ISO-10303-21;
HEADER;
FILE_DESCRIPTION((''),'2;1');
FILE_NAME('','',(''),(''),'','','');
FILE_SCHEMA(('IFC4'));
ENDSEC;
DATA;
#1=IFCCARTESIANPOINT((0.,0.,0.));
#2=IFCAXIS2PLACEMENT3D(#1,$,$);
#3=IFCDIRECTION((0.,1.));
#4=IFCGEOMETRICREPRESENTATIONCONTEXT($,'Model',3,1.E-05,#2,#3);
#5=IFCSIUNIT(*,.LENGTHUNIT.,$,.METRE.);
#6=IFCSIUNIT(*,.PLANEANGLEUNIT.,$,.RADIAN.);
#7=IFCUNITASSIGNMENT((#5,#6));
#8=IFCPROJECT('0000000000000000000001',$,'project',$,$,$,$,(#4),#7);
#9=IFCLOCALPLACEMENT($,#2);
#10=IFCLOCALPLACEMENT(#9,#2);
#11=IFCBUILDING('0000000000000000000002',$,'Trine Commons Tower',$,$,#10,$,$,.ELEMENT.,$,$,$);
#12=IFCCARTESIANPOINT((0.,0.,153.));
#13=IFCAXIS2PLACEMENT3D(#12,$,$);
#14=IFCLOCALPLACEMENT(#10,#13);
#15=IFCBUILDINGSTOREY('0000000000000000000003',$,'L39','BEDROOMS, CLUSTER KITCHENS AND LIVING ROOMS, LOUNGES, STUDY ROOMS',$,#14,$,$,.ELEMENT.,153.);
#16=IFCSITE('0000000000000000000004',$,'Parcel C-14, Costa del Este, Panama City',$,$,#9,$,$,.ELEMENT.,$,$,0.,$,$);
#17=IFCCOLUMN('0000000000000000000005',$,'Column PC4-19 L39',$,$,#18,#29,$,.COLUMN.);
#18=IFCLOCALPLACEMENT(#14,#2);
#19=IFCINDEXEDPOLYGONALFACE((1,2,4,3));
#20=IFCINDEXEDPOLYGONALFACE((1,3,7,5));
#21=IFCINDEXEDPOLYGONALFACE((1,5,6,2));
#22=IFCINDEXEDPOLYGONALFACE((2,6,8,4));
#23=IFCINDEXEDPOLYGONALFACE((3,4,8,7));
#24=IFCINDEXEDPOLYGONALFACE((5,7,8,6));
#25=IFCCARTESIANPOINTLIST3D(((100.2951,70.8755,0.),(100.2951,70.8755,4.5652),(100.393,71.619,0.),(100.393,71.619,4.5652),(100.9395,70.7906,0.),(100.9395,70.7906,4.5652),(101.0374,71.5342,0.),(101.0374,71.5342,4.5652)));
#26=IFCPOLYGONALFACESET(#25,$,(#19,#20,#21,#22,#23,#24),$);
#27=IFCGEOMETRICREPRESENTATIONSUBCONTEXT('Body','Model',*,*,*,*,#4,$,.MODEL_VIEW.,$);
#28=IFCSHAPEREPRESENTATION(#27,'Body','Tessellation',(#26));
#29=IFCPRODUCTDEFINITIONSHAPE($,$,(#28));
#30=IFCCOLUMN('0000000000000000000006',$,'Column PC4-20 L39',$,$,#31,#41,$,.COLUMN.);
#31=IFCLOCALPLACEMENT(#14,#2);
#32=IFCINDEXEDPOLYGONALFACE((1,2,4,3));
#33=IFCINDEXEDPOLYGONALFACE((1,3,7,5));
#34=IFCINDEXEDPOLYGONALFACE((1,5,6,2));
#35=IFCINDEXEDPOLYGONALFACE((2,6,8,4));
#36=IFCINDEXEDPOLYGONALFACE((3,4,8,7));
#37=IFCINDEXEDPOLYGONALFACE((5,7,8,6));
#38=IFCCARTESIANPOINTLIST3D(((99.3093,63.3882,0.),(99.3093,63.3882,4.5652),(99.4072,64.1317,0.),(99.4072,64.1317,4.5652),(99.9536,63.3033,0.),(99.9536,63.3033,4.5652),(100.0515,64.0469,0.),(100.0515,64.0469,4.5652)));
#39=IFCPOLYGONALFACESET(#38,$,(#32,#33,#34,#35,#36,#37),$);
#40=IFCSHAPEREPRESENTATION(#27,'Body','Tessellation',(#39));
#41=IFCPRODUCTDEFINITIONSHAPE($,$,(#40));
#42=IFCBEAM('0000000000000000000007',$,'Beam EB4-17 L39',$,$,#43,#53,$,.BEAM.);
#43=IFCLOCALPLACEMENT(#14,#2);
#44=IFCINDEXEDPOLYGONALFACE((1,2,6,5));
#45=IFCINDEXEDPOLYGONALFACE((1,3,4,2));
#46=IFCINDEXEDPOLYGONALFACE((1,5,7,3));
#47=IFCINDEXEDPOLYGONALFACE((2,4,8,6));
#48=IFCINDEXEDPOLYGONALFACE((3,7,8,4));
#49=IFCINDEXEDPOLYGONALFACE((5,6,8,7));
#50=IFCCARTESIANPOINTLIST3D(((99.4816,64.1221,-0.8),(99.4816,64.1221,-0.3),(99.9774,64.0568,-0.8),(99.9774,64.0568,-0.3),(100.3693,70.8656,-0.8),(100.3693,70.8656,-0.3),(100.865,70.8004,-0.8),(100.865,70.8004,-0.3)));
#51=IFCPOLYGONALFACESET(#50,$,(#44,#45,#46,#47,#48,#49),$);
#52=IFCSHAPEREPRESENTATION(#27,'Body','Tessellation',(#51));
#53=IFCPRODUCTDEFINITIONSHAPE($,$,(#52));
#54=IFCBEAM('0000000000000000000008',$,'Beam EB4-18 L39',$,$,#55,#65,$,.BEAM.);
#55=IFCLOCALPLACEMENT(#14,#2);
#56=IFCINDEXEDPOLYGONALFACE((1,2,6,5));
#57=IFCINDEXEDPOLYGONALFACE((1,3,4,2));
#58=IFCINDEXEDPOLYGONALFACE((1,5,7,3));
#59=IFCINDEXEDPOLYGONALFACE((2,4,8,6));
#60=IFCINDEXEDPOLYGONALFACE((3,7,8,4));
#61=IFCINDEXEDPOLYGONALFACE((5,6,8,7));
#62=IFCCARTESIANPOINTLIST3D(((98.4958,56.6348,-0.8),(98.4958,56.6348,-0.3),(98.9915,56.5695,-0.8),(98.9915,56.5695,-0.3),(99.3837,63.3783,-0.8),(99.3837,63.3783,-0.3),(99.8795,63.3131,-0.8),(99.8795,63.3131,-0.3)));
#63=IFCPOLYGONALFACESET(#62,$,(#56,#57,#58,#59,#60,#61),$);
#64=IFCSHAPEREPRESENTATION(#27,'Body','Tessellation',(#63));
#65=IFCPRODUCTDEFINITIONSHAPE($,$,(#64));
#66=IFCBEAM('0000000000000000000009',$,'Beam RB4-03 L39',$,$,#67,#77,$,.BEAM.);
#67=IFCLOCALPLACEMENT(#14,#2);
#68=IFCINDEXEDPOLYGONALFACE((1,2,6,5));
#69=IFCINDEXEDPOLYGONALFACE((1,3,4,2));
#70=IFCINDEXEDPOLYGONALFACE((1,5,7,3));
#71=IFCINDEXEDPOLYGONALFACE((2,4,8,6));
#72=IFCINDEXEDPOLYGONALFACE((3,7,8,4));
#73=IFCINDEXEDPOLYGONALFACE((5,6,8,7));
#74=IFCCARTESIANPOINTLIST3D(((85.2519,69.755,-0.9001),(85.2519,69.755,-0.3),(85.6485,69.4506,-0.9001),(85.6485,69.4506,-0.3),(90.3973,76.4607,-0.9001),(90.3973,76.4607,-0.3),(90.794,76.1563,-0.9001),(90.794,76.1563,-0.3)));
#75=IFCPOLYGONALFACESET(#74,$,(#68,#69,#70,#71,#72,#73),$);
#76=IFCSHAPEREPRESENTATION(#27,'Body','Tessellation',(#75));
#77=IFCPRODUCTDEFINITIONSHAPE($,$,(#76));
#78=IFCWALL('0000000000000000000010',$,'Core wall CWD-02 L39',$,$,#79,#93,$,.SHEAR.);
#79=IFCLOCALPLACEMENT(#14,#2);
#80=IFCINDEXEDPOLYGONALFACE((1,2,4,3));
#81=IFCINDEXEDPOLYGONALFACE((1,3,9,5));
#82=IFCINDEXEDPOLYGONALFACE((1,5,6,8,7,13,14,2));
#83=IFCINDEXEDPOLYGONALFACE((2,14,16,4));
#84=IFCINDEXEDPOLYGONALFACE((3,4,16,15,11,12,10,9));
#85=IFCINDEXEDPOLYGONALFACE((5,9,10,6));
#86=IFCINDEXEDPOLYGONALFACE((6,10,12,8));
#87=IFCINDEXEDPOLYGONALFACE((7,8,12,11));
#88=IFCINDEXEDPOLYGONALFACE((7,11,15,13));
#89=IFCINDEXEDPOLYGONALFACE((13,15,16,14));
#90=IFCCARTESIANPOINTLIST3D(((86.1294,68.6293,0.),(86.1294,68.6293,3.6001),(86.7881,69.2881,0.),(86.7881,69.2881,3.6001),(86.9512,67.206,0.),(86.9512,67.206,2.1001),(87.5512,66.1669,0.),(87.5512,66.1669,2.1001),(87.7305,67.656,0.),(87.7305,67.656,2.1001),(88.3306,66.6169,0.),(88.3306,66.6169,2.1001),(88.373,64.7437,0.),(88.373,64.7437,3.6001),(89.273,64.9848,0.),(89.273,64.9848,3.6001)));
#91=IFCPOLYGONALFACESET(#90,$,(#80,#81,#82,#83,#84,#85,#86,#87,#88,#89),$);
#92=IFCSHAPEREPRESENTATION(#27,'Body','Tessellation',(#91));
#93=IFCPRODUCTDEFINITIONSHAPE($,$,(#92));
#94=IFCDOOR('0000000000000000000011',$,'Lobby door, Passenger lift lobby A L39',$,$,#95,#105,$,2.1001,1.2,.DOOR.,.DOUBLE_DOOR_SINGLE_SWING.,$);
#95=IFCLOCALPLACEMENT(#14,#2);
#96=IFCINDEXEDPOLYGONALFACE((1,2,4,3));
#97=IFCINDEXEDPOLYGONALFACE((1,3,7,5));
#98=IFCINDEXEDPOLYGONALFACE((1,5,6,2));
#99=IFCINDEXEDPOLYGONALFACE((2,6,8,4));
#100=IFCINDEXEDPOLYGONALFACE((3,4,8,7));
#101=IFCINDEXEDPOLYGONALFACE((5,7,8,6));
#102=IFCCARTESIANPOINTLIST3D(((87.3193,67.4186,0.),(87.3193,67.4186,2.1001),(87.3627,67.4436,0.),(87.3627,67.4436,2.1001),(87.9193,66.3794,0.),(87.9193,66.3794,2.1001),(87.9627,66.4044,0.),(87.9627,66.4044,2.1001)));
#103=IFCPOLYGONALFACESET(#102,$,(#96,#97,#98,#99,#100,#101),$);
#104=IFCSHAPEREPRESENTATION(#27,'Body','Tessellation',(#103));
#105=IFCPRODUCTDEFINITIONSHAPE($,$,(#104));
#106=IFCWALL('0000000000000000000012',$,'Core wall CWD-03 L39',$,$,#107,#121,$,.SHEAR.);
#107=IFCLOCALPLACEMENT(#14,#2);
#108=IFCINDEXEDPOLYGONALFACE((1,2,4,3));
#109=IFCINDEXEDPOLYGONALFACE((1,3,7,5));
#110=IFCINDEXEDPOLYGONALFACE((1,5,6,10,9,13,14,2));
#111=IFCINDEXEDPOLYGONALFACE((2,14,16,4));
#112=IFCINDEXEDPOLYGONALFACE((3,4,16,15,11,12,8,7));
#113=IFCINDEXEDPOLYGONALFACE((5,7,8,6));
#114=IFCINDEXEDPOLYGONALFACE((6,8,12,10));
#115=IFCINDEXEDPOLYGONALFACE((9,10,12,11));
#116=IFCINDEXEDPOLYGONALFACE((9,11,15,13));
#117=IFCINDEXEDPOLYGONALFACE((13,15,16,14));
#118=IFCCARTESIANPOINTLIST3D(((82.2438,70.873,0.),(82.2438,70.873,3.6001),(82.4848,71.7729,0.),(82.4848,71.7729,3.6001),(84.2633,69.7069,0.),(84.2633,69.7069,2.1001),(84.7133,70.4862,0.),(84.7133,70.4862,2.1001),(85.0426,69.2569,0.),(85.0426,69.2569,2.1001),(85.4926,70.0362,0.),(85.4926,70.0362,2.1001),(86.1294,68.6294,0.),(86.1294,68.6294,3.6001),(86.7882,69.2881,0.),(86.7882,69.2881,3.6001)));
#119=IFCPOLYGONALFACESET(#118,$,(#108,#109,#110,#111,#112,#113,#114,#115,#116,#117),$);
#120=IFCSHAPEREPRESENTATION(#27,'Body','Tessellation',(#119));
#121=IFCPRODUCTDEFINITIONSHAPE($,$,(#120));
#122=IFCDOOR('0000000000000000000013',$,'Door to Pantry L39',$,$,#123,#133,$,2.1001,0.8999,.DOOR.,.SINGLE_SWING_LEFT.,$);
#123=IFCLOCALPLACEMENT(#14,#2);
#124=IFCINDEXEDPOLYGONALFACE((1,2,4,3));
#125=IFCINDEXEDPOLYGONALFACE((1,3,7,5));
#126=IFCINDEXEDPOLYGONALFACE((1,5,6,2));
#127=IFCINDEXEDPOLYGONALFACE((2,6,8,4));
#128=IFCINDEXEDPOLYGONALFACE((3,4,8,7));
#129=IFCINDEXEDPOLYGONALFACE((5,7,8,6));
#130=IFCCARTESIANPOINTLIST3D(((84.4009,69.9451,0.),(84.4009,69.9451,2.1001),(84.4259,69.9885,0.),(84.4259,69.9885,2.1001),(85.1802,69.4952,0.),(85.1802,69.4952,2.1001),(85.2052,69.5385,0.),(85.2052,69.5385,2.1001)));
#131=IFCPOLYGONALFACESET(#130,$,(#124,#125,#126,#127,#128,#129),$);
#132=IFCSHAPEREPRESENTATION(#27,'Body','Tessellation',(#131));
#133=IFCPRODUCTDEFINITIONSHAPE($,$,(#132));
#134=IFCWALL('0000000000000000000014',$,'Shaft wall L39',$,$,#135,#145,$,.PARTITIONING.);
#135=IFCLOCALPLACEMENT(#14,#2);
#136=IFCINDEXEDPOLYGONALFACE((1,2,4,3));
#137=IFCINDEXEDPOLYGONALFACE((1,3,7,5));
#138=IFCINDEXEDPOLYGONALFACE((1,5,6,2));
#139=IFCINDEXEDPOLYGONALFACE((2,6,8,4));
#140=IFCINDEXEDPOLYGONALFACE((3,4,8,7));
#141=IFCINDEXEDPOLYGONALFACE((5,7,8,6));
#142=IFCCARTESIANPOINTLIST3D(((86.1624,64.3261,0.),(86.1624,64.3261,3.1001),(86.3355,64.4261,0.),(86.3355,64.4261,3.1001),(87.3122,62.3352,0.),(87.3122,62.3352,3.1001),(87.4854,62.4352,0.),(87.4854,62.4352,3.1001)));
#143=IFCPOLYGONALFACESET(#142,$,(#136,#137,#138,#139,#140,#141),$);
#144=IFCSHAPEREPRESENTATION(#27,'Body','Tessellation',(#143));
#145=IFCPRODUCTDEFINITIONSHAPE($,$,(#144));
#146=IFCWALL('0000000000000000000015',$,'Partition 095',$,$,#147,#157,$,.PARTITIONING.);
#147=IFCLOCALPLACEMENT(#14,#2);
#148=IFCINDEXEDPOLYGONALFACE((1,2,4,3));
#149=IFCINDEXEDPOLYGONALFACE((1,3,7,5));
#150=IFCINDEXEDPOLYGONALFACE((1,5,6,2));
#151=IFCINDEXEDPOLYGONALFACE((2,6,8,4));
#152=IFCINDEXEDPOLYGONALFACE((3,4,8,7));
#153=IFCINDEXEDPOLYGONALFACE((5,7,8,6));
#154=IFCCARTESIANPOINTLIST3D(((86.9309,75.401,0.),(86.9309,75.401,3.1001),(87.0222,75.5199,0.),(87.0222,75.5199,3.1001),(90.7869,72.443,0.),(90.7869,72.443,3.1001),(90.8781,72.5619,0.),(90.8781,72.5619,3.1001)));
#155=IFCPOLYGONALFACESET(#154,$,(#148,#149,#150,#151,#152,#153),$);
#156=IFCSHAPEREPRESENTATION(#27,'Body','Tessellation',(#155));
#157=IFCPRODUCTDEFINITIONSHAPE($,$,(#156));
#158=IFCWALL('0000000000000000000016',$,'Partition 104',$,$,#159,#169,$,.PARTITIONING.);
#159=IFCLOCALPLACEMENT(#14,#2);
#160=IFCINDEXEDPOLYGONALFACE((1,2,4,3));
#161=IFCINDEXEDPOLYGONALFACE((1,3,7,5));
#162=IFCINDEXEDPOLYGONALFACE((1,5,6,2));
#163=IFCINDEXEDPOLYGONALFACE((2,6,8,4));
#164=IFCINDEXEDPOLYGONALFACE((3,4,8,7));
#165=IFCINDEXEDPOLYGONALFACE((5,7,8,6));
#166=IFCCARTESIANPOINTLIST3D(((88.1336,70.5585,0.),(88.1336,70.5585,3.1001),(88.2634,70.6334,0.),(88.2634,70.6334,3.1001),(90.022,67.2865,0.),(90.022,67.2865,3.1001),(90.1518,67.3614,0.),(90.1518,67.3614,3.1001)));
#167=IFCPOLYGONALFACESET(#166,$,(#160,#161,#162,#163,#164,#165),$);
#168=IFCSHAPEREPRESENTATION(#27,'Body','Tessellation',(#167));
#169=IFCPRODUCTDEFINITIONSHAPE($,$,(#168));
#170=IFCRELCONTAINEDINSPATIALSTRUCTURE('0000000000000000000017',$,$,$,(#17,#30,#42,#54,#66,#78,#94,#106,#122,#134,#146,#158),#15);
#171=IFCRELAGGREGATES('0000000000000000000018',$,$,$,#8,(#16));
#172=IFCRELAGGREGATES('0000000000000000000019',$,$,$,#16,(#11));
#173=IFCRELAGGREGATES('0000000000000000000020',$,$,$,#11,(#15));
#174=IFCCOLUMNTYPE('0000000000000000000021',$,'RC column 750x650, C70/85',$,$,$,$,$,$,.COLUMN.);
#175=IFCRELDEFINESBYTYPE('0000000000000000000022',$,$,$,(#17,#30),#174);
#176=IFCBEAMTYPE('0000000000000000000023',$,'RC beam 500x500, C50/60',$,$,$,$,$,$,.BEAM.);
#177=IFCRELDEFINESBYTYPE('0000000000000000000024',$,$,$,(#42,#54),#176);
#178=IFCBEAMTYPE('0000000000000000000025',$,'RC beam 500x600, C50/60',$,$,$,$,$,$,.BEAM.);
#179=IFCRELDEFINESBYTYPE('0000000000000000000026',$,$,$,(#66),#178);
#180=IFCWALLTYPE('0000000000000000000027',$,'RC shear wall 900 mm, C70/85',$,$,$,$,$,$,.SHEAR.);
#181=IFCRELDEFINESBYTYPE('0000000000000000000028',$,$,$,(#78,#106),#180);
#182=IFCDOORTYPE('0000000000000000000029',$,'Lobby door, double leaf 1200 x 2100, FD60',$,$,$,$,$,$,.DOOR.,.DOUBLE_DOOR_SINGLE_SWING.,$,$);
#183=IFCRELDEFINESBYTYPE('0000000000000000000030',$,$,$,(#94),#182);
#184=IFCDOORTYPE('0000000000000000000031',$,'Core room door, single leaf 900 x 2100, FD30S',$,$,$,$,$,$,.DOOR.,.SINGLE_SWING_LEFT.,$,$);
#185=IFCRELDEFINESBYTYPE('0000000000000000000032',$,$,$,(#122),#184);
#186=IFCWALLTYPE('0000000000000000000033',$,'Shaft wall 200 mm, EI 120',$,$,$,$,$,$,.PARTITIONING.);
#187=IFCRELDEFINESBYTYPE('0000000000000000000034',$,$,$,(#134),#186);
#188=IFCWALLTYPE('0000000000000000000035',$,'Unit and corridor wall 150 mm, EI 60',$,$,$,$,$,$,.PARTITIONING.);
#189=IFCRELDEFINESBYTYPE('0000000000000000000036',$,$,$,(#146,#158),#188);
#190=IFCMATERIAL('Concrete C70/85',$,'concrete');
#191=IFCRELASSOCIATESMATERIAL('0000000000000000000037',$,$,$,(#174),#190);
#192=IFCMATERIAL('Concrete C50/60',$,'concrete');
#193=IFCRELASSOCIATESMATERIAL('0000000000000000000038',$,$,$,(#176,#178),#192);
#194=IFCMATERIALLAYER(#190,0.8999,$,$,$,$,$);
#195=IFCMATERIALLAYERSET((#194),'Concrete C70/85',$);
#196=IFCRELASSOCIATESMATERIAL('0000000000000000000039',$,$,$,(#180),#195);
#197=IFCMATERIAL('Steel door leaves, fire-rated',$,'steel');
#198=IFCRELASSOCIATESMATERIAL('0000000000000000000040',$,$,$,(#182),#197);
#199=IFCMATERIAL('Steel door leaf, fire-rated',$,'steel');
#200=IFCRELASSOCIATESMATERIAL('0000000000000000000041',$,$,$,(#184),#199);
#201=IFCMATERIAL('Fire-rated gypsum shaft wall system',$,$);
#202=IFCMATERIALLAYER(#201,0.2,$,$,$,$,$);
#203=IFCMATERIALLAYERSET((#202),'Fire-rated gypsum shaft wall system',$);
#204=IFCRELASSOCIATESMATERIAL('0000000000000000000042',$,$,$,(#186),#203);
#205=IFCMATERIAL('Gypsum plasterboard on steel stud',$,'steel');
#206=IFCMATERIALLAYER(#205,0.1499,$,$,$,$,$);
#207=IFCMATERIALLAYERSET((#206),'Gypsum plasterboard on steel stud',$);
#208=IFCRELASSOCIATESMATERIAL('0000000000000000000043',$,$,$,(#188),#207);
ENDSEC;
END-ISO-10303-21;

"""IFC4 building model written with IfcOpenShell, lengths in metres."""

from ifc_helpers import new_model, si_unit, direction, frame, frame_2d, origin, origin_2d, place, context, subcontext, project, spatial, polyline, rectangle, outline, extrude, material, layer, layer_set, material_profile, profile_set, type_object, element, fill, save


model = new_model("IFC4")

# Units and contexts
model_context = context("Model", 3, precision=1e-05, world=origin(), true_north=direction((0.0, 1.0)))
body_context = subcontext(model_context, "Body", "Model", "MODEL_VIEW")
ifc_project = project(units=[si_unit("LENGTHUNIT", "METRE"), si_unit("PLANEANGLEUNIT", "RADIAN")], contexts=[model_context])

# Site, building, storey
site_placement = place(None, origin())
site = spatial("IfcSite", under=ifc_project, at=site_placement, Name="Parcel C-14, Costa del Este, Panama City", CompositionType="ELEMENT", RefElevation=0.0)
building_placement = place(site_placement, origin())
building = spatial("IfcBuilding", under=site, at=building_placement, Name="Trine Commons Tower", CompositionType="ELEMENT")
storey_placement = place(building_placement, frame((0.0, 0.0, 153.0)))
storey = spatial("IfcBuildingStorey", under=building, at=storey_placement, Name="L39", Description="BEDROOMS, CLUSTER KITCHENS AND LIVING ROOMS, LOUNGES, STUDY ROOMS", CompositionType="ELEMENT", Elevation=153.0)

# Columns
ifc_material_1 = material(Name="Concrete C70/85", Category="concrete")
ifc_material_profile_1 = material_profile(ifc_material_1, rectangle(XDim=0.75, YDim=0.6499, at=origin_2d()), Name="RC 750x650")
ifc_profile_set_1 = profile_set([ifc_material_profile_1], Name="Concrete C70/85")
column_type = type_object("IfcColumnType", Name="RC column 750x650, C70/85", PredefinedType="COLUMN", material=ifc_profile_set_1)
for number, where, z_axis, x_axis, name in (
    (1, (100.6663, 71.2048, 0.0), (0.0, 0.0, 1.0), (0.130526, 0.991445, 0.0), "Column PC4-19 L39"),
    (2, (99.6804, 63.7175, 0.0), (0.0, 0.0, 1.0), (0.130526, 0.991445, 0.0), "Column PC4-20 L39"),
):
    element("IfcColumn", number, at=place(storey_placement, frame(where, z_axis=z_axis, x_axis=x_axis)), inside=storey, type_object=column_type, Name=name, PredefinedType="COLUMN", context=body_context, shape_type="SweptSolid", body=[
        extrude(rectangle(XDim=0.75, YDim=0.6499, at=origin_2d()), origin(), (0.0, 0.0, 1.0), 4.5652),
    ])

# Beams
ifc_material_2 = material(Name="Concrete C50/60", Category="concrete")
ifc_material_profile_2 = material_profile(ifc_material_2, rectangle(XDim=0.5, YDim=0.5, at=origin_2d()), Name="RC 500x500")
ifc_profile_set_2 = profile_set([ifc_material_profile_2], Name="Concrete C50/60")
beam_type_1 = type_object("IfcBeamType", Name="RC beam 500x500, C50/60", PredefinedType="BEAM", material=ifc_profile_set_2)
for number, where, z_axis, x_axis, name in (
    (3, (100.6172, 70.833, -0.55), (-0.130508, -0.991447, 0.0), (0.991447, -0.130508, 0.0), "Beam EB4-17 L39"),
    (4, (99.6316, 63.3457, -0.55), (-0.130544, -0.991443, 0.0), (0.991443, -0.130544, 0.0), "Beam EB4-18 L39"),
):
    element("IfcBeam", number, at=place(storey_placement, frame(where, z_axis=z_axis, x_axis=x_axis)), inside=storey, type_object=beam_type_1, Name=name, PredefinedType="BEAM", context=body_context, shape_type="SweptSolid", body=[
        extrude(rectangle(XDim=0.5, YDim=0.5, at=origin_2d()), origin(), (0.0, 0.0, 1.0), 6.8018),
    ])
ifc_material_profile_3 = material_profile(ifc_material_2, rectangle(XDim=0.5, YDim=0.6001, at=origin_2d()), Name="RC 500x600")
ifc_profile_set_3 = profile_set([ifc_material_profile_3], Name="Concrete C50/60")
beam_type_2 = type_object("IfcBeamType", Name="RC beam 500x600, C50/60", PredefinedType="BEAM", material=ifc_profile_set_3)
beam_placement = place(storey_placement, frame((85.4502, 69.6028, -0.6001), z_axis=(0.608758, 0.793356, 0.0), x_axis=(-0.793356, 0.608758, 0.0)))
element("IfcBeam", 5, at=beam_placement, inside=storey, type_object=beam_type_2, Name="Beam RB4-03 L39", PredefinedType="BEAM", context=body_context, shape_type="SweptSolid", body=[
    extrude(rectangle(XDim=0.5, YDim=0.6001, at=origin_2d()), origin(), (0.0, 0.0, 1.0), 8.4524),
])

# Walls, openings, doors
ifc_layer_1 = layer(ifc_material_1, 0.8999)
ifc_layer_set_1 = layer_set([ifc_layer_1], Name="Concrete C70/85")
wall_type_1 = type_object("IfcWallType", Name="RC shear wall 900 mm, C70/85", PredefinedType="SHEAR", material=ifc_layer_set_1)
wall_1_placement = place(storey_placement, frame((88.8833, 64.7598, 0.0), z_axis=(0.0, 0.0, 1.0), x_axis=(-0.500039, 0.866003, 0.0)))
wall_1 = element("IfcWall", 6, at=wall_1_placement, inside=storey, type_object=wall_type_1, Name="Core wall CWD-02 L39", PredefinedType="SHEAR", context=body_context, shape_type="SweptSolid", body=[
    extrude(outline(polyline([(0.0, -0.45), (4.9692, -0.45), (4.728, 0.45), (0.2412, 0.45), (0.0, -0.45)])), origin(), (0.0, 0.0, 1.0), 3.6001),
])
opening_1_placement = place(wall_1_placement, frame((1.8845, 0.0, 0.0)))
opening_1 = element("IfcOpeningElement", 7, at=opening_1_placement, cuts=wall_1, PredefinedType="OPENING", context=body_context, shape_type="SweptSolid", body=[
    extrude(rectangle(XDim=1.2, YDim=2.1001, at=frame_2d((0.6001, 1.05))), frame((0.0, 0.46, 0.0), z_axis=(0.0, -1.0, 0.0), x_axis=(1.0, 0.0, 0.0)), (0.0, 0.0, 1.0), 0.9199),
])
ifc_material_3 = material(Name="Steel door leaves, fire-rated", Category="steel")
door_type_1 = type_object("IfcDoorType", Name="Lobby door, double leaf 1200 x 2100, FD60", OperationType="DOUBLE_DOOR_SINGLE_SWING", PredefinedType="DOOR", material=ifc_material_3)
door_1_placement = place(opening_1_placement, origin())
door_1 = element("IfcDoor", 8, at=door_1_placement, inside=storey, type_object=door_type_1, Name="Lobby door, Passenger lift lobby A L39", OperationType="DOUBLE_DOOR_SINGLE_SWING", OverallHeight=2.1001, OverallWidth=1.2, PredefinedType="DOOR", context=body_context, shape_type="SweptSolid", body=[
    extrude(rectangle(XDim=1.2, YDim=2.1001, at=frame_2d((0.6001, 1.05))), frame((0.0, 0.0249, 0.0), z_axis=(0.0, -1.0, 0.0), x_axis=(1.0, 0.0, 0.0)), (0.0, 0.0, 1.0), 0.05),
])
fill(opening_1, door_1)
wall_2_placement = place(storey_placement, frame((86.5632, 68.8984, 0.0), z_axis=(0.0, 0.0, 1.0), x_axis=(-0.866003, 0.500039, 0.0)))
wall_2 = element("IfcWall", 9, at=wall_2_placement, inside=storey, type_object=wall_type_1, Name="Core wall CWD-03 L39", PredefinedType="SHEAR", context=body_context, shape_type="SweptSolid", body=[
    extrude(outline(polyline([(0.0, -0.45), (4.9692, -0.45), (4.728, 0.45), (0.2412, 0.45), (0.0, -0.45)])), origin(), (0.0, 0.0, 1.0), 3.6001),
])
opening_2_placement = place(wall_2_placement, frame((1.4961, 0.0, 0.0)))
opening_2 = element("IfcOpeningElement", 10, at=opening_2_placement, cuts=wall_2, PredefinedType="OPENING", context=body_context, shape_type="SweptSolid", body=[
    extrude(rectangle(XDim=0.8999, YDim=2.1001, at=frame_2d((0.45, 1.05))), frame((0.0, 0.46, 0.0), z_axis=(0.0, -1.0, 0.0), x_axis=(1.0, 0.0, 0.0)), (0.0, 0.0, 1.0), 0.9199),
])
ifc_material_4 = material(Name="Steel door leaf, fire-rated", Category="steel")
door_type_2 = type_object("IfcDoorType", Name="Core room door, single leaf 900 x 2100, FD30S", OperationType="SINGLE_SWING_LEFT", PredefinedType="DOOR", material=ifc_material_4)
door_2_placement = place(opening_2_placement, origin())
door_2 = element("IfcDoor", 11, at=door_2_placement, inside=storey, type_object=door_type_2, Name="Door to Pantry L39", OperationType="SINGLE_SWING_LEFT", OverallHeight=2.1001, OverallWidth=0.8999, PredefinedType="DOOR", context=body_context, shape_type="SweptSolid", body=[
    extrude(rectangle(XDim=0.8999, YDim=2.1001, at=frame_2d((0.45, 1.05))), frame((0.0, 0.1748, 0.0), z_axis=(0.0, -1.0, 0.0), x_axis=(1.0, 0.0, 0.0)), (0.0, 0.0, 1.0), 0.05),
])
fill(opening_2, door_2)

# Walls
ifc_material_5 = material(Name="Fire-rated gypsum shaft wall system")
ifc_layer_2 = layer(ifc_material_5, 0.2)
ifc_layer_set_2 = layer_set([ifc_layer_2], Name="Fire-rated gypsum shaft wall system")
wall_type_2 = type_object("IfcWallType", Name="Shaft wall 200 mm, EI 120", PredefinedType="PARTITIONING", material=ifc_layer_set_2)
wall_3_placement = place(storey_placement, frame((86.249, 64.376, 0.0), z_axis=(0.0, 0.0, 1.0), x_axis=(0.500136, -0.865947, 0.0)))
element("IfcWall", 12, at=wall_3_placement, inside=storey, type_object=wall_type_2, Name="Shaft wall L39", PredefinedType="PARTITIONING", context=body_context, shape_type="SweptSolid", body=[
    extrude(rectangle(XDim=2.2991, YDim=0.2, at=frame_2d((1.1494, 0.0))), origin(), (0.0, 0.0, 1.0), 3.1001),
])
ifc_material_6 = material(Name="Gypsum plasterboard on steel stud", Category="steel")
ifc_layer_3 = layer(ifc_material_6, 0.1499)
ifc_layer_set_3 = layer_set([ifc_layer_3], Name="Gypsum plasterboard on steel stud")
wall_type_3 = type_object("IfcWallType", Name="Unit and corridor wall 150 mm, EI 60", PredefinedType="PARTITIONING", material=ifc_layer_set_3)
wall_4_placement = place(storey_placement, frame((86.9766, 75.4604, 0.0), z_axis=(0.0, 0.0, 1.0), x_axis=(0.79343, -0.608661, 0.0)))
element("IfcWall", 13, at=wall_4_placement, inside=storey, type_object=wall_type_3, Name="Partition 095", PredefinedType="PARTITIONING", context=body_context, shape_type="SweptSolid", body=[
    extrude(rectangle(XDim=4.8599, YDim=0.1499, at=frame_2d((2.4299, 0.0))), origin(), (0.0, 0.0, 1.0), 3.1001),
])
wall_5_placement = place(storey_placement, frame((88.1985, 70.5959, 0.0), z_axis=(0.0, 0.0, 1.0), x_axis=(0.499872, -0.8661, 0.0)))
element("IfcWall", 14, at=wall_5_placement, inside=storey, type_object=wall_type_3, Name="Partition 104", PredefinedType="PARTITIONING", context=body_context, shape_type="SweptSolid", body=[
    extrude(rectangle(XDim=3.7778, YDim=0.1499, at=frame_2d((1.8889, 0.0))), origin(), (0.0, 0.0, 1.0), 3.1001),
])

save(model, "model.ifc")
